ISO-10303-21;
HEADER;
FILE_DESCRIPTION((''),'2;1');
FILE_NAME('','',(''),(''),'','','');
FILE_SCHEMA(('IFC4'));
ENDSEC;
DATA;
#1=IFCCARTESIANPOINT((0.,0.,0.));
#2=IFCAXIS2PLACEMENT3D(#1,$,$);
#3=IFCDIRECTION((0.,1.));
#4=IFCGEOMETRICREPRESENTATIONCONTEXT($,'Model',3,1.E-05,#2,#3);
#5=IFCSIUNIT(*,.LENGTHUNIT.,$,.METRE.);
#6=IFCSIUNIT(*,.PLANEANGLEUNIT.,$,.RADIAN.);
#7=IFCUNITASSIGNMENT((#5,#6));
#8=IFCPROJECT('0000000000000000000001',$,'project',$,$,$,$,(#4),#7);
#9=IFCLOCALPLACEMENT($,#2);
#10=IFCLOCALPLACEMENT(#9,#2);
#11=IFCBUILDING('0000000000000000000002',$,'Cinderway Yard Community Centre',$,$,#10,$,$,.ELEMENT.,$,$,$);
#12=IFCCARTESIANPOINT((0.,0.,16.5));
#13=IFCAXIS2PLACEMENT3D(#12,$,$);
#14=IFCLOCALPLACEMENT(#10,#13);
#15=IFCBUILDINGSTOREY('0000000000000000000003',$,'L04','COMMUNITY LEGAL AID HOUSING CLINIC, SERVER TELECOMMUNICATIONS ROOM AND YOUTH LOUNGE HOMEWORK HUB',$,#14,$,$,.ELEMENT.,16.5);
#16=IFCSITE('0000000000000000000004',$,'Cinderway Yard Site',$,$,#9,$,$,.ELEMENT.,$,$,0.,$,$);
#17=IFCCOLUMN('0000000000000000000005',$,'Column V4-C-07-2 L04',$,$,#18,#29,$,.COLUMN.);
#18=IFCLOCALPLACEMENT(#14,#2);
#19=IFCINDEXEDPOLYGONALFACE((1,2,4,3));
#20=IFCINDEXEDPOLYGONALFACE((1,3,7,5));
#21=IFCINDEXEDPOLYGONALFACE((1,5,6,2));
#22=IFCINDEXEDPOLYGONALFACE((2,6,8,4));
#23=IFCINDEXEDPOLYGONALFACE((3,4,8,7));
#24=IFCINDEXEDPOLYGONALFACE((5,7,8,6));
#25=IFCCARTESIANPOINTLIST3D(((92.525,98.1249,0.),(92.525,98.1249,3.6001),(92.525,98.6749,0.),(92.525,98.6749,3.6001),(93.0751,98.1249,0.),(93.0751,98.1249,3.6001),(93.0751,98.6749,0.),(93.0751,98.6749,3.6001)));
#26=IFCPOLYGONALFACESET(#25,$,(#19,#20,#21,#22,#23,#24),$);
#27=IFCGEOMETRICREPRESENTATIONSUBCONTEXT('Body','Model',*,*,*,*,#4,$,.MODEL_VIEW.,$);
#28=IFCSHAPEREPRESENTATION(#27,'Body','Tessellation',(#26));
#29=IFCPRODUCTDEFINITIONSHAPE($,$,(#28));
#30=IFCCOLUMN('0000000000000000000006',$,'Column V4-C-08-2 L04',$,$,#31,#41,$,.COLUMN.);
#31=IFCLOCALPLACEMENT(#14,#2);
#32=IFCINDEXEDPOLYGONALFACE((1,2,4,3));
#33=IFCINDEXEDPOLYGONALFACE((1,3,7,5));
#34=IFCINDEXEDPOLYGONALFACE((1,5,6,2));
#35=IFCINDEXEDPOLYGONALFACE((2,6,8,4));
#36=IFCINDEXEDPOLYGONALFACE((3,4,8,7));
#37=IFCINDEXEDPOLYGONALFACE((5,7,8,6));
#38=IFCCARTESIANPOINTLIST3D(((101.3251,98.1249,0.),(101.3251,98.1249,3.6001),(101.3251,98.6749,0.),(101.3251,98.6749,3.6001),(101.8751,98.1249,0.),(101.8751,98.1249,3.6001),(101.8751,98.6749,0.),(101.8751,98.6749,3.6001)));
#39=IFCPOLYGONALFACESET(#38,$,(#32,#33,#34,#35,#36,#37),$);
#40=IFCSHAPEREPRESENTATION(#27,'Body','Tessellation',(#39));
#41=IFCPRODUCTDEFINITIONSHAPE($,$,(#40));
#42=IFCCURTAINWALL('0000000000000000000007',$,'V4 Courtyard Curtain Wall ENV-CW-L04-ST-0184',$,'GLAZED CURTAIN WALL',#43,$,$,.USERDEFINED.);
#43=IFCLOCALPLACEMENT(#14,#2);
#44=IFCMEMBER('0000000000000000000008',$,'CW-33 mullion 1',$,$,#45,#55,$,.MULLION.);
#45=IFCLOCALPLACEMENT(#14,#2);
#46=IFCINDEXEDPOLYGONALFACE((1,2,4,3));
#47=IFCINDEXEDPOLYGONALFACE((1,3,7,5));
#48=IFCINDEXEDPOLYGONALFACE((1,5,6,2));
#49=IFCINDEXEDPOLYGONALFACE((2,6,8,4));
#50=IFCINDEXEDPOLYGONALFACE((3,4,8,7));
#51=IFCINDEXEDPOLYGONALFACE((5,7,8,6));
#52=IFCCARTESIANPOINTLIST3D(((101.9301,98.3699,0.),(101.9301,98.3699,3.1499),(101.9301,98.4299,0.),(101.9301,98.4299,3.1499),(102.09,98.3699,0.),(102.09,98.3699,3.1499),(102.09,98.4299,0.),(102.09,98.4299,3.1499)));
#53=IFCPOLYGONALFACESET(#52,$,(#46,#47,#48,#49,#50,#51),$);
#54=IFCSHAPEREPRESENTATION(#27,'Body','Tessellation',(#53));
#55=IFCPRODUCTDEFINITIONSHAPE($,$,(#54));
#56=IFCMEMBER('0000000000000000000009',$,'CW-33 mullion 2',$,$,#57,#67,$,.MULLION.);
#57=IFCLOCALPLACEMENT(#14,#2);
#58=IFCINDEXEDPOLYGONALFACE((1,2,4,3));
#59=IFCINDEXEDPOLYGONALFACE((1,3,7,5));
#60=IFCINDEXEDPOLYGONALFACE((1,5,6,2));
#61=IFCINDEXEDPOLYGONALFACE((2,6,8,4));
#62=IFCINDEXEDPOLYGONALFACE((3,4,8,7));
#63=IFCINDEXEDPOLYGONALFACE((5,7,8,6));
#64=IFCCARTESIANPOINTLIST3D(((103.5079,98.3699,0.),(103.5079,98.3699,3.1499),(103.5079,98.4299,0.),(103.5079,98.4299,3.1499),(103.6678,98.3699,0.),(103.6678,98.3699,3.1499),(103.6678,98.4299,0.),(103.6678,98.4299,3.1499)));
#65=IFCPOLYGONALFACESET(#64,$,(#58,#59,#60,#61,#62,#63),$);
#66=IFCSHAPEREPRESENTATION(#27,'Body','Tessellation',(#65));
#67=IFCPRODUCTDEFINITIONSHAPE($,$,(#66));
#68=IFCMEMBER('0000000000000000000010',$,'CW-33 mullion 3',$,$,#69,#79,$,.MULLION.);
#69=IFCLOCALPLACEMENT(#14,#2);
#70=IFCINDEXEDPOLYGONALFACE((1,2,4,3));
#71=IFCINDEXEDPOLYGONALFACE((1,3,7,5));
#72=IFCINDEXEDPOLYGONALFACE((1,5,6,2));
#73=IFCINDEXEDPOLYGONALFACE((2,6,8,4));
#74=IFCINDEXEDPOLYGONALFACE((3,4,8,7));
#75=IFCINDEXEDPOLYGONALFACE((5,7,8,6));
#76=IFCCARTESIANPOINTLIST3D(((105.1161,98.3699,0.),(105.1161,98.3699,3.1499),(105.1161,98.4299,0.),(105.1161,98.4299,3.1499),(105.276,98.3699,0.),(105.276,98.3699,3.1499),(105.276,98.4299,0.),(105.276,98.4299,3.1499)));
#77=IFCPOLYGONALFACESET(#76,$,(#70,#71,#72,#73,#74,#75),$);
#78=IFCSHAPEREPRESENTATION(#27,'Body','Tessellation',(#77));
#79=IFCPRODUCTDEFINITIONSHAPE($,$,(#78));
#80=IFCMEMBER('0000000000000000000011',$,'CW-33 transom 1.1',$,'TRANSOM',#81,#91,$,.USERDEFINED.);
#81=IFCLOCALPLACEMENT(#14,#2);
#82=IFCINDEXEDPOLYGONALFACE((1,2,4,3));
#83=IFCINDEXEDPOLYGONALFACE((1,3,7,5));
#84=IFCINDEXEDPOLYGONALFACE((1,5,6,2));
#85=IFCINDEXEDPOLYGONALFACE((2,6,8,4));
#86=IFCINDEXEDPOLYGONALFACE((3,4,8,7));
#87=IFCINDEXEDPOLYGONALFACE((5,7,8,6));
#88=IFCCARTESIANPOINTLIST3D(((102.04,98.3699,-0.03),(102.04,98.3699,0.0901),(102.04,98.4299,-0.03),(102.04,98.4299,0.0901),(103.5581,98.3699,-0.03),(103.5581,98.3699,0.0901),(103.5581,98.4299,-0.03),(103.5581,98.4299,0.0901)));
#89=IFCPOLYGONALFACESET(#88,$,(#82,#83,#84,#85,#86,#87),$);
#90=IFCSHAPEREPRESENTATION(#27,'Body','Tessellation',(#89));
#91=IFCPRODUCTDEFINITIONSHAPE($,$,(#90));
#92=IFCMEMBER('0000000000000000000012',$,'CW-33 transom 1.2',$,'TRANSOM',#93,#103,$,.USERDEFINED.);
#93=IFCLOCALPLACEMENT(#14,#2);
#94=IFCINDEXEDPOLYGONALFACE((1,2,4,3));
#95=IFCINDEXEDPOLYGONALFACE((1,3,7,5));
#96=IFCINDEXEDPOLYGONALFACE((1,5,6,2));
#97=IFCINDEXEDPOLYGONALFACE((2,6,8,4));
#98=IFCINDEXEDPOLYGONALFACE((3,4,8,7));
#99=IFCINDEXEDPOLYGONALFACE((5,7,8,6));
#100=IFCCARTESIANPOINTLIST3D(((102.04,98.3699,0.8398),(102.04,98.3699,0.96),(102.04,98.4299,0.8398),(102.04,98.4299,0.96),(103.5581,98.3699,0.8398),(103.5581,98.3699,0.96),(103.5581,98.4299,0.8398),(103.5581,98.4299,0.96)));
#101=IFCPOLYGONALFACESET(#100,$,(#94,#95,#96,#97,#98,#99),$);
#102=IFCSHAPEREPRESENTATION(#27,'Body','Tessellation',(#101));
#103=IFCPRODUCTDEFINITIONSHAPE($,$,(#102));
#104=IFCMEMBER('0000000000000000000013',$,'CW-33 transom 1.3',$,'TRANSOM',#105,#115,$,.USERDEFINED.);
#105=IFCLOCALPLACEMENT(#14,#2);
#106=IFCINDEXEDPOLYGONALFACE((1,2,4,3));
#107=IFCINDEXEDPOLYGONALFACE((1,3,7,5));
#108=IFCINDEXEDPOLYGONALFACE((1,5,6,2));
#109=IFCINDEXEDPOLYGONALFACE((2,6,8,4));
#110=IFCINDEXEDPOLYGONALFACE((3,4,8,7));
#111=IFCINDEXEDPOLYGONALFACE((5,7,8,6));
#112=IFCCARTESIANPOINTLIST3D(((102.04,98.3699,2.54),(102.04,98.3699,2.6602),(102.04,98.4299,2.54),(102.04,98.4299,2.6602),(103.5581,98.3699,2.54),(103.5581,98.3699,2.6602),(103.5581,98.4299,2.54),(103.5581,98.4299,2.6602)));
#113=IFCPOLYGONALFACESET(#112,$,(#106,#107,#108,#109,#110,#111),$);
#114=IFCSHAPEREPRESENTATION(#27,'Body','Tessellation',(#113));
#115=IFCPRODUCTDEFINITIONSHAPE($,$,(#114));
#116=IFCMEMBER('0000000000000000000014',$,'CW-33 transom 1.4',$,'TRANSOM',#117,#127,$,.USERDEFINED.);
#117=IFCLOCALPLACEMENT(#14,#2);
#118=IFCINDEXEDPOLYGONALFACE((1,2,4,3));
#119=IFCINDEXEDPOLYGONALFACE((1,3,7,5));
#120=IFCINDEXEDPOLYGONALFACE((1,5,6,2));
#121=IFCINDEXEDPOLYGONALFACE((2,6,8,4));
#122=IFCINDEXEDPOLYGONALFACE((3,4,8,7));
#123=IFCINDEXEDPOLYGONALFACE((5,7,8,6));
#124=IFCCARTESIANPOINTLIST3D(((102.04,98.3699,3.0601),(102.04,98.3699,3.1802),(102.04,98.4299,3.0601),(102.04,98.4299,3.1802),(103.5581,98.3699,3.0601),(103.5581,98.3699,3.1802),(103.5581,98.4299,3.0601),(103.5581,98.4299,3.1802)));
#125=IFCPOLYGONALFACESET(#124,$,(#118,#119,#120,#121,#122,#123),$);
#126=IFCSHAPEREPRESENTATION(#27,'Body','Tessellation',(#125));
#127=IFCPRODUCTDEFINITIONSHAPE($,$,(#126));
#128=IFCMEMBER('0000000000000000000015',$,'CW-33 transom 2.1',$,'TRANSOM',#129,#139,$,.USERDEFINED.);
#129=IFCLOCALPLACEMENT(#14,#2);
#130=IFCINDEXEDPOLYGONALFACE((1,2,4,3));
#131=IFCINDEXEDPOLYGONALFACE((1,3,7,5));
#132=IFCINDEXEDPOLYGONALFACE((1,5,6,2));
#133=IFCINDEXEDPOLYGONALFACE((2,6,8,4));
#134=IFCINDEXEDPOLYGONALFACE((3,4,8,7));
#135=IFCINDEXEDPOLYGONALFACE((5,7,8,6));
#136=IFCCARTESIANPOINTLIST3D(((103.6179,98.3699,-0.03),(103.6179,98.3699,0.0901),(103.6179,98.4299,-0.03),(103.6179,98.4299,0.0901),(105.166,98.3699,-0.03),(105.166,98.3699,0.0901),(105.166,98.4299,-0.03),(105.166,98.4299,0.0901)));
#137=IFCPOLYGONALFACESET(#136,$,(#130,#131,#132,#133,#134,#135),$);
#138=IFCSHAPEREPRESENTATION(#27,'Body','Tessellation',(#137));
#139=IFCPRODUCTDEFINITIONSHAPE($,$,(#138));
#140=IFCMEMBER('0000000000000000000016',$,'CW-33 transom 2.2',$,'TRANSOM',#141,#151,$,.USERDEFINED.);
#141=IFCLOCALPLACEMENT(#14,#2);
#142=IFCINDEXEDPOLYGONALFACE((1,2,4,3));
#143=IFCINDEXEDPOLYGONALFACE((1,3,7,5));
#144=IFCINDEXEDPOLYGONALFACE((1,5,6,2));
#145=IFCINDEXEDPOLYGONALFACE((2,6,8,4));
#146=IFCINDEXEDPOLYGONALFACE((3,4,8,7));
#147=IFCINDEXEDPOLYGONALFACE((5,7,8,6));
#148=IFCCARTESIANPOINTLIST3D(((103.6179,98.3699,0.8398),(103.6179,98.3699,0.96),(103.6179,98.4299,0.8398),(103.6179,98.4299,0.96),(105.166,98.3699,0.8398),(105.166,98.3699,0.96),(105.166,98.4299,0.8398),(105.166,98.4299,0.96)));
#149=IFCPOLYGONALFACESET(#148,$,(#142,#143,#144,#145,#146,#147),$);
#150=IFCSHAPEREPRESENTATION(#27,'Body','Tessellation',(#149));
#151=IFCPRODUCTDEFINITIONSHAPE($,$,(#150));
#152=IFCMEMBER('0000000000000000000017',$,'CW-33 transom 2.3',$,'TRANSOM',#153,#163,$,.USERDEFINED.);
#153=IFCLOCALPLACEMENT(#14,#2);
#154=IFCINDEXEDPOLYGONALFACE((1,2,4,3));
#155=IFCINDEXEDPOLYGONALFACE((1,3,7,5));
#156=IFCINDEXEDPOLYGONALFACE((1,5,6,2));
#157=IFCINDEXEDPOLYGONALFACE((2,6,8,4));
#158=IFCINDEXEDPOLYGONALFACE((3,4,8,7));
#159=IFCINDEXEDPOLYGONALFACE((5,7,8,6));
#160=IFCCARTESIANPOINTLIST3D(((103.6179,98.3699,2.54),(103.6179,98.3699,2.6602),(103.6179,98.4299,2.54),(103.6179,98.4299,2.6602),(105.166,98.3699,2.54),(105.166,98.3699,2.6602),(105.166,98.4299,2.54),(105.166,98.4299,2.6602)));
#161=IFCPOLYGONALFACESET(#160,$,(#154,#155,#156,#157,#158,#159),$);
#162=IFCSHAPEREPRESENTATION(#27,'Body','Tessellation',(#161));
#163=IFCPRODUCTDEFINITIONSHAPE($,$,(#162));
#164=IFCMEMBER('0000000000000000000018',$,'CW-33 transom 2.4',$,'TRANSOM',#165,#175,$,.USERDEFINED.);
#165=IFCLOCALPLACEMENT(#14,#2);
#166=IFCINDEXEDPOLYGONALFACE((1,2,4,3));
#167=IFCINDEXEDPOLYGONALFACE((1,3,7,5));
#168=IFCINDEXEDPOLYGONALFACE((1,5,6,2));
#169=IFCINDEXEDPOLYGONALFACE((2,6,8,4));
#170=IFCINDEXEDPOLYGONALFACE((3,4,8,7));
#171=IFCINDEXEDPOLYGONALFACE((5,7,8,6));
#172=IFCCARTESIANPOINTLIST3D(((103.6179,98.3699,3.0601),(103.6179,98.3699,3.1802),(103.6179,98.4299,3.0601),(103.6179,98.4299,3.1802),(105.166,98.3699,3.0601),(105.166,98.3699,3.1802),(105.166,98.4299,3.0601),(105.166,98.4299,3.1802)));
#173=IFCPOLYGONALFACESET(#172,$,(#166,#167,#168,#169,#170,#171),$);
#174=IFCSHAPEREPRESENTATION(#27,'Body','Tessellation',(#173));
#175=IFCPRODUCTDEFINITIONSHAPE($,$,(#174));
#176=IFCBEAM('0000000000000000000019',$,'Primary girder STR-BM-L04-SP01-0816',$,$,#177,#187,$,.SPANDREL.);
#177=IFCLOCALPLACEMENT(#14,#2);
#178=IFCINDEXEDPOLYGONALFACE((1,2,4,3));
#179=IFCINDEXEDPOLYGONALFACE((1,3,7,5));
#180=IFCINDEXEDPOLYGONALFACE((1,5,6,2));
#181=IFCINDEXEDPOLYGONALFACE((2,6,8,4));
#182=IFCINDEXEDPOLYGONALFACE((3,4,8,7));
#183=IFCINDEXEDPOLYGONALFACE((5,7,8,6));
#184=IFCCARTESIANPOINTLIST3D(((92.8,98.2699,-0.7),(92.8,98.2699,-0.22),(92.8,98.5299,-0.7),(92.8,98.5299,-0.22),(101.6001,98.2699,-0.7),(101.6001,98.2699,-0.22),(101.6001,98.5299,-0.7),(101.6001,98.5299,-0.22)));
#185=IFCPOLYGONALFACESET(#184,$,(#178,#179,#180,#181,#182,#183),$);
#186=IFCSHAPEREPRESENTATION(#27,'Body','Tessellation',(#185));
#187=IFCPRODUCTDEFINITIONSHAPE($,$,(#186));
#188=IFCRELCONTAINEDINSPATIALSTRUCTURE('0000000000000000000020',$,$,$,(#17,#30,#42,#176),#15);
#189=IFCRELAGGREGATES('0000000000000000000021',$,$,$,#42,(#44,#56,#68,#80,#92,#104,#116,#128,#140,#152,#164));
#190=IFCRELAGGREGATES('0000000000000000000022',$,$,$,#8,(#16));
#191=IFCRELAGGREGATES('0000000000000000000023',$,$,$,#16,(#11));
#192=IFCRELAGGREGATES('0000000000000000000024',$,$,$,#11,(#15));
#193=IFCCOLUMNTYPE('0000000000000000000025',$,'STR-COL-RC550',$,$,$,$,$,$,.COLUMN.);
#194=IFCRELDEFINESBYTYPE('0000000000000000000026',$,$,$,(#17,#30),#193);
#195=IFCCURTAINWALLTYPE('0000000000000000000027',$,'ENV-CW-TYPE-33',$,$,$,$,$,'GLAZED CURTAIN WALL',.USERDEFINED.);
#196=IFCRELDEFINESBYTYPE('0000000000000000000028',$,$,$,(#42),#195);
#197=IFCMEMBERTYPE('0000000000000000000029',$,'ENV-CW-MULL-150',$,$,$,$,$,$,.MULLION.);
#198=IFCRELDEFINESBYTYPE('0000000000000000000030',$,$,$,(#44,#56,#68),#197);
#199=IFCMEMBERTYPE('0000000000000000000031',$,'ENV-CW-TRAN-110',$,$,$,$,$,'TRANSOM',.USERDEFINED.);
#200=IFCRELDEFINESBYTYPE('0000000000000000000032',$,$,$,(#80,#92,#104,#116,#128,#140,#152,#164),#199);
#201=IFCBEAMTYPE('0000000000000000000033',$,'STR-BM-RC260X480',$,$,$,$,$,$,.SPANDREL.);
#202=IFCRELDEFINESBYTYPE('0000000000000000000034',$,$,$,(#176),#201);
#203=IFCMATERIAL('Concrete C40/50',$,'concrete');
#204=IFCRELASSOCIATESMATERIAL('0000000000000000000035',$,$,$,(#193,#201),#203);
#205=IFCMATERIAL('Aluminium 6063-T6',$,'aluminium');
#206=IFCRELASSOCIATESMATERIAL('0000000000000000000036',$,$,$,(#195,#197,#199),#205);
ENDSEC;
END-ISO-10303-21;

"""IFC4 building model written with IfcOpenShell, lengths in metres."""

from ifc_helpers import new_model, si_unit, direction, frame, origin, origin_2d, place, context, subcontext, project, spatial, rectangle, extrude, material, material_profile, profile_set, type_object, element, aggregate, save


model = new_model("IFC4")

# Units and contexts
model_context = context("Model", 3, precision=1e-05, world=origin(), true_north=direction((0.0, 1.0)))
body_context = subcontext(model_context, "Body", "Model", "MODEL_VIEW")
ifc_project = project(units=[si_unit("LENGTHUNIT", "METRE"), si_unit("PLANEANGLEUNIT", "RADIAN")], contexts=[model_context])

# Site, building, storey
site_placement = place(None, origin())
site = spatial("IfcSite", under=ifc_project, at=site_placement, Name="Cinderway Yard Site", CompositionType="ELEMENT", RefElevation=0.0)
building_placement = place(site_placement, origin())
building = spatial("IfcBuilding", under=site, at=building_placement, Name="Cinderway Yard Community Centre", CompositionType="ELEMENT")
storey_placement = place(building_placement, frame((0.0, 0.0, 16.5)))
storey = spatial("IfcBuildingStorey", under=building, at=storey_placement, Name="L04", Description="COMMUNITY LEGAL AID HOUSING CLINIC, SERVER TELECOMMUNICATIONS ROOM AND YOUTH LOUNGE HOMEWORK HUB", CompositionType="ELEMENT", Elevation=16.5)

# Columns
ifc_material_1 = material(Name="Concrete C40/50", Category="concrete")
ifc_material_profile_1 = material_profile(ifc_material_1, rectangle(XDim=0.55, YDim=0.55, at=origin_2d()), Name="Concrete C40/50")
ifc_profile_set_1 = profile_set([ifc_material_profile_1], Name="Concrete C40/50")
column_type = type_object("IfcColumnType", Name="STR-COL-RC550", PredefinedType="COLUMN", material=ifc_profile_set_1)
for number, where, z_axis, x_axis, name in (
    (1, (92.8, 98.3999, 0.0), (0.0, 0.0, 1.0), (1.0, 0.0, 0.0), "Column V4-C-07-2 L04"),
    (2, (101.6001, 98.3999, 0.0), (0.0, 0.0, 1.0), (1.0, 0.0, 0.0), "Column V4-C-08-2 L04"),
):
    element("IfcColumn", number, at=place(storey_placement, frame(where, z_axis=z_axis, x_axis=x_axis)), inside=storey, type_object=column_type, Name=name, PredefinedType="COLUMN", context=body_context, shape_type="SweptSolid", body=[
        extrude(rectangle(XDim=0.55, YDim=0.55, at=origin_2d()), origin(), (0.0, 0.0, 1.0), 3.6001),
    ])

# Curtain wall, members
ifc_material_2 = material(Name="Aluminium 6063-T6", Category="aluminium")
curtain_wall_type = type_object("IfcCurtainWallType", Name="ENV-CW-TYPE-33", ElementType="GLAZED CURTAIN WALL", PredefinedType="USERDEFINED", material=ifc_material_2)
curtain_wall_placement = place(storey_placement, origin())
curtain_wall = element("IfcCurtainWall", 3, at=curtain_wall_placement, inside=storey, type_object=curtain_wall_type, Name="V4 Courtyard Curtain Wall ENV-CW-L04-ST-0184", ObjectType="GLAZED CURTAIN WALL", PredefinedType="USERDEFINED")
ifc_material_profile_2 = material_profile(ifc_material_2, rectangle(XDim=0.0601, YDim=0.1599, at=origin_2d()), Name="Aluminium 6063-T6")
ifc_profile_set_2 = profile_set([ifc_material_profile_2], Name="Aluminium 6063-T6")
member_type_1 = type_object("IfcMemberType", Name="ENV-CW-MULL-150", PredefinedType="MULLION", material=ifc_profile_set_2)
member_1_placement = place(storey_placement, frame((102.01, 98.3999, 0.0), z_axis=(0.0, 0.0, 1.0), x_axis=(0.0, 1.0, 0.0)))
member_1 = element("IfcMember", 4, at=member_1_placement, type_object=member_type_1, Name="CW-33 mullion 1", PredefinedType="MULLION", context=body_context, shape_type="SweptSolid", body=[
    extrude(rectangle(XDim=0.0601, YDim=0.1599, at=origin_2d()), origin(), (0.0, 0.0, 1.0), 3.1499),
])
member_2_placement = place(storey_placement, frame((103.5879, 98.3999, 0.0), z_axis=(0.0, 0.0, 1.0), x_axis=(0.0, 1.0, 0.0)))
member_2 = element("IfcMember", 5, at=member_2_placement, type_object=member_type_1, Name="CW-33 mullion 2", PredefinedType="MULLION", context=body_context, shape_type="SweptSolid", body=[
    extrude(rectangle(XDim=0.0601, YDim=0.1599, at=origin_2d()), origin(), (0.0, 0.0, 1.0), 3.1499),
])
member_3_placement = place(storey_placement, frame((105.196, 98.3999, 0.0), z_axis=(0.0, 0.0, 1.0), x_axis=(0.0, 1.0, 0.0)))
member_3 = element("IfcMember", 6, at=member_3_placement, type_object=member_type_1, Name="CW-33 mullion 3", PredefinedType="MULLION", context=body_context, shape_type="SweptSolid", body=[
    extrude(rectangle(XDim=0.0601, YDim=0.1599, at=origin_2d()), origin(), (0.0, 0.0, 1.0), 3.1499),
])
ifc_material_profile_3 = material_profile(ifc_material_2, rectangle(XDim=0.0601, YDim=0.1201, at=origin_2d()), Name="Aluminium 6063-T6")
ifc_profile_set_3 = profile_set([ifc_material_profile_3], Name="Aluminium 6063-T6")
member_type_2 = type_object("IfcMemberType", Name="ENV-CW-TRAN-110", ElementType="TRANSOM", PredefinedType="USERDEFINED", material=ifc_profile_set_3)
member_4_placement = place(storey_placement, frame((102.04, 98.3999, 0.03), z_axis=(1.0, 0.0, 0.0), x_axis=(0.0, 1.0, 0.0)))
member_4 = element("IfcMember", 7, at=member_4_placement, type_object=member_type_2, Name="CW-33 transom 1.1", ObjectType="TRANSOM", PredefinedType="USERDEFINED", context=body_context, shape_type="SweptSolid", body=[
    extrude(rectangle(XDim=0.0601, YDim=0.1201, at=origin_2d()), origin(), (0.0, 0.0, 1.0), 1.5181),
])
member_5_placement = place(storey_placement, frame((102.04, 98.3999, 0.8999), z_axis=(1.0, 0.0, 0.0), x_axis=(0.0, 1.0, 0.0)))
member_5 = element("IfcMember", 8, at=member_5_placement, type_object=member_type_2, Name="CW-33 transom 1.2", ObjectType="TRANSOM", PredefinedType="USERDEFINED", context=body_context, shape_type="SweptSolid", body=[
    extrude(rectangle(XDim=0.0601, YDim=0.1201, at=origin_2d()), origin(), (0.0, 0.0, 1.0), 1.5181),
])
member_6_placement = place(storey_placement, frame((102.04, 98.3999, 2.6001), z_axis=(1.0, 0.0, 0.0), x_axis=(0.0, 1.0, 0.0)))
member_6 = element("IfcMember", 9, at=member_6_placement, type_object=member_type_2, Name="CW-33 transom 1.3", ObjectType="TRANSOM", PredefinedType="USERDEFINED", context=body_context, shape_type="SweptSolid", body=[
    extrude(rectangle(XDim=0.0601, YDim=0.1201, at=origin_2d()), origin(), (0.0, 0.0, 1.0), 1.5181),
])
member_7_placement = place(storey_placement, frame((102.04, 98.3999, 3.1201), z_axis=(1.0, 0.0, 0.0), x_axis=(0.0, 1.0, 0.0)))
member_7 = element("IfcMember", 10, at=member_7_placement, type_object=member_type_2, Name="CW-33 transom 1.4", ObjectType="TRANSOM", PredefinedType="USERDEFINED", context=body_context, shape_type="SweptSolid", body=[
    extrude(rectangle(XDim=0.0601, YDim=0.1201, at=origin_2d()), origin(), (0.0, 0.0, 1.0), 1.5181),
])
member_8_placement = place(storey_placement, frame((103.6179, 98.3999, 0.03), z_axis=(1.0, 0.0, 0.0), x_axis=(0.0, 1.0, 0.0)))
member_8 = element("IfcMember", 11, at=member_8_placement, type_object=member_type_2, Name="CW-33 transom 2.1", ObjectType="TRANSOM", PredefinedType="USERDEFINED", context=body_context, shape_type="SweptSolid", body=[
    extrude(rectangle(XDim=0.0601, YDim=0.1201, at=origin_2d()), origin(), (0.0, 0.0, 1.0), 1.5481),
])
member_9_placement = place(storey_placement, frame((103.6179, 98.3999, 0.8999), z_axis=(1.0, 0.0, 0.0), x_axis=(0.0, 1.0, 0.0)))
member_9 = element("IfcMember", 12, at=member_9_placement, type_object=member_type_2, Name="CW-33 transom 2.2", ObjectType="TRANSOM", PredefinedType="USERDEFINED", context=body_context, shape_type="SweptSolid", body=[
    extrude(rectangle(XDim=0.0601, YDim=0.1201, at=origin_2d()), origin(), (0.0, 0.0, 1.0), 1.5481),
])
member_10_placement = place(storey_placement, frame((103.6179, 98.3999, 2.6001), z_axis=(1.0, 0.0, 0.0), x_axis=(0.0, 1.0, 0.0)))
member_10 = element("IfcMember", 13, at=member_10_placement, type_object=member_type_2, Name="CW-33 transom 2.3", ObjectType="TRANSOM", PredefinedType="USERDEFINED", context=body_context, shape_type="SweptSolid", body=[
    extrude(rectangle(XDim=0.0601, YDim=0.1201, at=origin_2d()), origin(), (0.0, 0.0, 1.0), 1.5481),
])
member_11_placement = place(storey_placement, frame((103.6179, 98.3999, 3.1201), z_axis=(1.0, 0.0, 0.0), x_axis=(0.0, 1.0, 0.0)))
member_11 = element("IfcMember", 14, at=member_11_placement, type_object=member_type_2, Name="CW-33 transom 2.4", ObjectType="TRANSOM", PredefinedType="USERDEFINED", context=body_context, shape_type="SweptSolid", body=[
    extrude(rectangle(XDim=0.0601, YDim=0.1201, at=origin_2d()), origin(), (0.0, 0.0, 1.0), 1.5481),
])

# Beam
ifc_material_profile_4 = material_profile(ifc_material_1, rectangle(XDim=0.26, YDim=0.48, at=origin_2d()), Name="Concrete C40/50")
ifc_profile_set_4 = profile_set([ifc_material_profile_4], Name="Concrete C40/50")
beam_type_1 = type_object("IfcBeamType", Name="STR-BM-RC260X480", PredefinedType="SPANDREL", material=ifc_profile_set_4)
beam_1_placement = place(storey_placement, frame((92.8, 98.3999, -0.46), z_axis=(1.0, 0.0, 0.0), x_axis=(0.0, 1.0, 0.0)))
element("IfcBeam", 15, at=beam_1_placement, inside=storey, type_object=beam_type_1, Name="Primary girder STR-BM-L04-SP01-0816", PredefinedType="SPANDREL", context=body_context, shape_type="SweptSolid", body=[
    extrude(rectangle(XDim=0.26, YDim=0.48, at=origin_2d()), origin(), (0.0, 0.0, 1.0), 8.8),
])

aggregate(curtain_wall, [member_1, member_2, member_3, member_4, member_5, member_6, member_7, member_8, member_9, member_10, member_11])

save(model, "model.ifc")
